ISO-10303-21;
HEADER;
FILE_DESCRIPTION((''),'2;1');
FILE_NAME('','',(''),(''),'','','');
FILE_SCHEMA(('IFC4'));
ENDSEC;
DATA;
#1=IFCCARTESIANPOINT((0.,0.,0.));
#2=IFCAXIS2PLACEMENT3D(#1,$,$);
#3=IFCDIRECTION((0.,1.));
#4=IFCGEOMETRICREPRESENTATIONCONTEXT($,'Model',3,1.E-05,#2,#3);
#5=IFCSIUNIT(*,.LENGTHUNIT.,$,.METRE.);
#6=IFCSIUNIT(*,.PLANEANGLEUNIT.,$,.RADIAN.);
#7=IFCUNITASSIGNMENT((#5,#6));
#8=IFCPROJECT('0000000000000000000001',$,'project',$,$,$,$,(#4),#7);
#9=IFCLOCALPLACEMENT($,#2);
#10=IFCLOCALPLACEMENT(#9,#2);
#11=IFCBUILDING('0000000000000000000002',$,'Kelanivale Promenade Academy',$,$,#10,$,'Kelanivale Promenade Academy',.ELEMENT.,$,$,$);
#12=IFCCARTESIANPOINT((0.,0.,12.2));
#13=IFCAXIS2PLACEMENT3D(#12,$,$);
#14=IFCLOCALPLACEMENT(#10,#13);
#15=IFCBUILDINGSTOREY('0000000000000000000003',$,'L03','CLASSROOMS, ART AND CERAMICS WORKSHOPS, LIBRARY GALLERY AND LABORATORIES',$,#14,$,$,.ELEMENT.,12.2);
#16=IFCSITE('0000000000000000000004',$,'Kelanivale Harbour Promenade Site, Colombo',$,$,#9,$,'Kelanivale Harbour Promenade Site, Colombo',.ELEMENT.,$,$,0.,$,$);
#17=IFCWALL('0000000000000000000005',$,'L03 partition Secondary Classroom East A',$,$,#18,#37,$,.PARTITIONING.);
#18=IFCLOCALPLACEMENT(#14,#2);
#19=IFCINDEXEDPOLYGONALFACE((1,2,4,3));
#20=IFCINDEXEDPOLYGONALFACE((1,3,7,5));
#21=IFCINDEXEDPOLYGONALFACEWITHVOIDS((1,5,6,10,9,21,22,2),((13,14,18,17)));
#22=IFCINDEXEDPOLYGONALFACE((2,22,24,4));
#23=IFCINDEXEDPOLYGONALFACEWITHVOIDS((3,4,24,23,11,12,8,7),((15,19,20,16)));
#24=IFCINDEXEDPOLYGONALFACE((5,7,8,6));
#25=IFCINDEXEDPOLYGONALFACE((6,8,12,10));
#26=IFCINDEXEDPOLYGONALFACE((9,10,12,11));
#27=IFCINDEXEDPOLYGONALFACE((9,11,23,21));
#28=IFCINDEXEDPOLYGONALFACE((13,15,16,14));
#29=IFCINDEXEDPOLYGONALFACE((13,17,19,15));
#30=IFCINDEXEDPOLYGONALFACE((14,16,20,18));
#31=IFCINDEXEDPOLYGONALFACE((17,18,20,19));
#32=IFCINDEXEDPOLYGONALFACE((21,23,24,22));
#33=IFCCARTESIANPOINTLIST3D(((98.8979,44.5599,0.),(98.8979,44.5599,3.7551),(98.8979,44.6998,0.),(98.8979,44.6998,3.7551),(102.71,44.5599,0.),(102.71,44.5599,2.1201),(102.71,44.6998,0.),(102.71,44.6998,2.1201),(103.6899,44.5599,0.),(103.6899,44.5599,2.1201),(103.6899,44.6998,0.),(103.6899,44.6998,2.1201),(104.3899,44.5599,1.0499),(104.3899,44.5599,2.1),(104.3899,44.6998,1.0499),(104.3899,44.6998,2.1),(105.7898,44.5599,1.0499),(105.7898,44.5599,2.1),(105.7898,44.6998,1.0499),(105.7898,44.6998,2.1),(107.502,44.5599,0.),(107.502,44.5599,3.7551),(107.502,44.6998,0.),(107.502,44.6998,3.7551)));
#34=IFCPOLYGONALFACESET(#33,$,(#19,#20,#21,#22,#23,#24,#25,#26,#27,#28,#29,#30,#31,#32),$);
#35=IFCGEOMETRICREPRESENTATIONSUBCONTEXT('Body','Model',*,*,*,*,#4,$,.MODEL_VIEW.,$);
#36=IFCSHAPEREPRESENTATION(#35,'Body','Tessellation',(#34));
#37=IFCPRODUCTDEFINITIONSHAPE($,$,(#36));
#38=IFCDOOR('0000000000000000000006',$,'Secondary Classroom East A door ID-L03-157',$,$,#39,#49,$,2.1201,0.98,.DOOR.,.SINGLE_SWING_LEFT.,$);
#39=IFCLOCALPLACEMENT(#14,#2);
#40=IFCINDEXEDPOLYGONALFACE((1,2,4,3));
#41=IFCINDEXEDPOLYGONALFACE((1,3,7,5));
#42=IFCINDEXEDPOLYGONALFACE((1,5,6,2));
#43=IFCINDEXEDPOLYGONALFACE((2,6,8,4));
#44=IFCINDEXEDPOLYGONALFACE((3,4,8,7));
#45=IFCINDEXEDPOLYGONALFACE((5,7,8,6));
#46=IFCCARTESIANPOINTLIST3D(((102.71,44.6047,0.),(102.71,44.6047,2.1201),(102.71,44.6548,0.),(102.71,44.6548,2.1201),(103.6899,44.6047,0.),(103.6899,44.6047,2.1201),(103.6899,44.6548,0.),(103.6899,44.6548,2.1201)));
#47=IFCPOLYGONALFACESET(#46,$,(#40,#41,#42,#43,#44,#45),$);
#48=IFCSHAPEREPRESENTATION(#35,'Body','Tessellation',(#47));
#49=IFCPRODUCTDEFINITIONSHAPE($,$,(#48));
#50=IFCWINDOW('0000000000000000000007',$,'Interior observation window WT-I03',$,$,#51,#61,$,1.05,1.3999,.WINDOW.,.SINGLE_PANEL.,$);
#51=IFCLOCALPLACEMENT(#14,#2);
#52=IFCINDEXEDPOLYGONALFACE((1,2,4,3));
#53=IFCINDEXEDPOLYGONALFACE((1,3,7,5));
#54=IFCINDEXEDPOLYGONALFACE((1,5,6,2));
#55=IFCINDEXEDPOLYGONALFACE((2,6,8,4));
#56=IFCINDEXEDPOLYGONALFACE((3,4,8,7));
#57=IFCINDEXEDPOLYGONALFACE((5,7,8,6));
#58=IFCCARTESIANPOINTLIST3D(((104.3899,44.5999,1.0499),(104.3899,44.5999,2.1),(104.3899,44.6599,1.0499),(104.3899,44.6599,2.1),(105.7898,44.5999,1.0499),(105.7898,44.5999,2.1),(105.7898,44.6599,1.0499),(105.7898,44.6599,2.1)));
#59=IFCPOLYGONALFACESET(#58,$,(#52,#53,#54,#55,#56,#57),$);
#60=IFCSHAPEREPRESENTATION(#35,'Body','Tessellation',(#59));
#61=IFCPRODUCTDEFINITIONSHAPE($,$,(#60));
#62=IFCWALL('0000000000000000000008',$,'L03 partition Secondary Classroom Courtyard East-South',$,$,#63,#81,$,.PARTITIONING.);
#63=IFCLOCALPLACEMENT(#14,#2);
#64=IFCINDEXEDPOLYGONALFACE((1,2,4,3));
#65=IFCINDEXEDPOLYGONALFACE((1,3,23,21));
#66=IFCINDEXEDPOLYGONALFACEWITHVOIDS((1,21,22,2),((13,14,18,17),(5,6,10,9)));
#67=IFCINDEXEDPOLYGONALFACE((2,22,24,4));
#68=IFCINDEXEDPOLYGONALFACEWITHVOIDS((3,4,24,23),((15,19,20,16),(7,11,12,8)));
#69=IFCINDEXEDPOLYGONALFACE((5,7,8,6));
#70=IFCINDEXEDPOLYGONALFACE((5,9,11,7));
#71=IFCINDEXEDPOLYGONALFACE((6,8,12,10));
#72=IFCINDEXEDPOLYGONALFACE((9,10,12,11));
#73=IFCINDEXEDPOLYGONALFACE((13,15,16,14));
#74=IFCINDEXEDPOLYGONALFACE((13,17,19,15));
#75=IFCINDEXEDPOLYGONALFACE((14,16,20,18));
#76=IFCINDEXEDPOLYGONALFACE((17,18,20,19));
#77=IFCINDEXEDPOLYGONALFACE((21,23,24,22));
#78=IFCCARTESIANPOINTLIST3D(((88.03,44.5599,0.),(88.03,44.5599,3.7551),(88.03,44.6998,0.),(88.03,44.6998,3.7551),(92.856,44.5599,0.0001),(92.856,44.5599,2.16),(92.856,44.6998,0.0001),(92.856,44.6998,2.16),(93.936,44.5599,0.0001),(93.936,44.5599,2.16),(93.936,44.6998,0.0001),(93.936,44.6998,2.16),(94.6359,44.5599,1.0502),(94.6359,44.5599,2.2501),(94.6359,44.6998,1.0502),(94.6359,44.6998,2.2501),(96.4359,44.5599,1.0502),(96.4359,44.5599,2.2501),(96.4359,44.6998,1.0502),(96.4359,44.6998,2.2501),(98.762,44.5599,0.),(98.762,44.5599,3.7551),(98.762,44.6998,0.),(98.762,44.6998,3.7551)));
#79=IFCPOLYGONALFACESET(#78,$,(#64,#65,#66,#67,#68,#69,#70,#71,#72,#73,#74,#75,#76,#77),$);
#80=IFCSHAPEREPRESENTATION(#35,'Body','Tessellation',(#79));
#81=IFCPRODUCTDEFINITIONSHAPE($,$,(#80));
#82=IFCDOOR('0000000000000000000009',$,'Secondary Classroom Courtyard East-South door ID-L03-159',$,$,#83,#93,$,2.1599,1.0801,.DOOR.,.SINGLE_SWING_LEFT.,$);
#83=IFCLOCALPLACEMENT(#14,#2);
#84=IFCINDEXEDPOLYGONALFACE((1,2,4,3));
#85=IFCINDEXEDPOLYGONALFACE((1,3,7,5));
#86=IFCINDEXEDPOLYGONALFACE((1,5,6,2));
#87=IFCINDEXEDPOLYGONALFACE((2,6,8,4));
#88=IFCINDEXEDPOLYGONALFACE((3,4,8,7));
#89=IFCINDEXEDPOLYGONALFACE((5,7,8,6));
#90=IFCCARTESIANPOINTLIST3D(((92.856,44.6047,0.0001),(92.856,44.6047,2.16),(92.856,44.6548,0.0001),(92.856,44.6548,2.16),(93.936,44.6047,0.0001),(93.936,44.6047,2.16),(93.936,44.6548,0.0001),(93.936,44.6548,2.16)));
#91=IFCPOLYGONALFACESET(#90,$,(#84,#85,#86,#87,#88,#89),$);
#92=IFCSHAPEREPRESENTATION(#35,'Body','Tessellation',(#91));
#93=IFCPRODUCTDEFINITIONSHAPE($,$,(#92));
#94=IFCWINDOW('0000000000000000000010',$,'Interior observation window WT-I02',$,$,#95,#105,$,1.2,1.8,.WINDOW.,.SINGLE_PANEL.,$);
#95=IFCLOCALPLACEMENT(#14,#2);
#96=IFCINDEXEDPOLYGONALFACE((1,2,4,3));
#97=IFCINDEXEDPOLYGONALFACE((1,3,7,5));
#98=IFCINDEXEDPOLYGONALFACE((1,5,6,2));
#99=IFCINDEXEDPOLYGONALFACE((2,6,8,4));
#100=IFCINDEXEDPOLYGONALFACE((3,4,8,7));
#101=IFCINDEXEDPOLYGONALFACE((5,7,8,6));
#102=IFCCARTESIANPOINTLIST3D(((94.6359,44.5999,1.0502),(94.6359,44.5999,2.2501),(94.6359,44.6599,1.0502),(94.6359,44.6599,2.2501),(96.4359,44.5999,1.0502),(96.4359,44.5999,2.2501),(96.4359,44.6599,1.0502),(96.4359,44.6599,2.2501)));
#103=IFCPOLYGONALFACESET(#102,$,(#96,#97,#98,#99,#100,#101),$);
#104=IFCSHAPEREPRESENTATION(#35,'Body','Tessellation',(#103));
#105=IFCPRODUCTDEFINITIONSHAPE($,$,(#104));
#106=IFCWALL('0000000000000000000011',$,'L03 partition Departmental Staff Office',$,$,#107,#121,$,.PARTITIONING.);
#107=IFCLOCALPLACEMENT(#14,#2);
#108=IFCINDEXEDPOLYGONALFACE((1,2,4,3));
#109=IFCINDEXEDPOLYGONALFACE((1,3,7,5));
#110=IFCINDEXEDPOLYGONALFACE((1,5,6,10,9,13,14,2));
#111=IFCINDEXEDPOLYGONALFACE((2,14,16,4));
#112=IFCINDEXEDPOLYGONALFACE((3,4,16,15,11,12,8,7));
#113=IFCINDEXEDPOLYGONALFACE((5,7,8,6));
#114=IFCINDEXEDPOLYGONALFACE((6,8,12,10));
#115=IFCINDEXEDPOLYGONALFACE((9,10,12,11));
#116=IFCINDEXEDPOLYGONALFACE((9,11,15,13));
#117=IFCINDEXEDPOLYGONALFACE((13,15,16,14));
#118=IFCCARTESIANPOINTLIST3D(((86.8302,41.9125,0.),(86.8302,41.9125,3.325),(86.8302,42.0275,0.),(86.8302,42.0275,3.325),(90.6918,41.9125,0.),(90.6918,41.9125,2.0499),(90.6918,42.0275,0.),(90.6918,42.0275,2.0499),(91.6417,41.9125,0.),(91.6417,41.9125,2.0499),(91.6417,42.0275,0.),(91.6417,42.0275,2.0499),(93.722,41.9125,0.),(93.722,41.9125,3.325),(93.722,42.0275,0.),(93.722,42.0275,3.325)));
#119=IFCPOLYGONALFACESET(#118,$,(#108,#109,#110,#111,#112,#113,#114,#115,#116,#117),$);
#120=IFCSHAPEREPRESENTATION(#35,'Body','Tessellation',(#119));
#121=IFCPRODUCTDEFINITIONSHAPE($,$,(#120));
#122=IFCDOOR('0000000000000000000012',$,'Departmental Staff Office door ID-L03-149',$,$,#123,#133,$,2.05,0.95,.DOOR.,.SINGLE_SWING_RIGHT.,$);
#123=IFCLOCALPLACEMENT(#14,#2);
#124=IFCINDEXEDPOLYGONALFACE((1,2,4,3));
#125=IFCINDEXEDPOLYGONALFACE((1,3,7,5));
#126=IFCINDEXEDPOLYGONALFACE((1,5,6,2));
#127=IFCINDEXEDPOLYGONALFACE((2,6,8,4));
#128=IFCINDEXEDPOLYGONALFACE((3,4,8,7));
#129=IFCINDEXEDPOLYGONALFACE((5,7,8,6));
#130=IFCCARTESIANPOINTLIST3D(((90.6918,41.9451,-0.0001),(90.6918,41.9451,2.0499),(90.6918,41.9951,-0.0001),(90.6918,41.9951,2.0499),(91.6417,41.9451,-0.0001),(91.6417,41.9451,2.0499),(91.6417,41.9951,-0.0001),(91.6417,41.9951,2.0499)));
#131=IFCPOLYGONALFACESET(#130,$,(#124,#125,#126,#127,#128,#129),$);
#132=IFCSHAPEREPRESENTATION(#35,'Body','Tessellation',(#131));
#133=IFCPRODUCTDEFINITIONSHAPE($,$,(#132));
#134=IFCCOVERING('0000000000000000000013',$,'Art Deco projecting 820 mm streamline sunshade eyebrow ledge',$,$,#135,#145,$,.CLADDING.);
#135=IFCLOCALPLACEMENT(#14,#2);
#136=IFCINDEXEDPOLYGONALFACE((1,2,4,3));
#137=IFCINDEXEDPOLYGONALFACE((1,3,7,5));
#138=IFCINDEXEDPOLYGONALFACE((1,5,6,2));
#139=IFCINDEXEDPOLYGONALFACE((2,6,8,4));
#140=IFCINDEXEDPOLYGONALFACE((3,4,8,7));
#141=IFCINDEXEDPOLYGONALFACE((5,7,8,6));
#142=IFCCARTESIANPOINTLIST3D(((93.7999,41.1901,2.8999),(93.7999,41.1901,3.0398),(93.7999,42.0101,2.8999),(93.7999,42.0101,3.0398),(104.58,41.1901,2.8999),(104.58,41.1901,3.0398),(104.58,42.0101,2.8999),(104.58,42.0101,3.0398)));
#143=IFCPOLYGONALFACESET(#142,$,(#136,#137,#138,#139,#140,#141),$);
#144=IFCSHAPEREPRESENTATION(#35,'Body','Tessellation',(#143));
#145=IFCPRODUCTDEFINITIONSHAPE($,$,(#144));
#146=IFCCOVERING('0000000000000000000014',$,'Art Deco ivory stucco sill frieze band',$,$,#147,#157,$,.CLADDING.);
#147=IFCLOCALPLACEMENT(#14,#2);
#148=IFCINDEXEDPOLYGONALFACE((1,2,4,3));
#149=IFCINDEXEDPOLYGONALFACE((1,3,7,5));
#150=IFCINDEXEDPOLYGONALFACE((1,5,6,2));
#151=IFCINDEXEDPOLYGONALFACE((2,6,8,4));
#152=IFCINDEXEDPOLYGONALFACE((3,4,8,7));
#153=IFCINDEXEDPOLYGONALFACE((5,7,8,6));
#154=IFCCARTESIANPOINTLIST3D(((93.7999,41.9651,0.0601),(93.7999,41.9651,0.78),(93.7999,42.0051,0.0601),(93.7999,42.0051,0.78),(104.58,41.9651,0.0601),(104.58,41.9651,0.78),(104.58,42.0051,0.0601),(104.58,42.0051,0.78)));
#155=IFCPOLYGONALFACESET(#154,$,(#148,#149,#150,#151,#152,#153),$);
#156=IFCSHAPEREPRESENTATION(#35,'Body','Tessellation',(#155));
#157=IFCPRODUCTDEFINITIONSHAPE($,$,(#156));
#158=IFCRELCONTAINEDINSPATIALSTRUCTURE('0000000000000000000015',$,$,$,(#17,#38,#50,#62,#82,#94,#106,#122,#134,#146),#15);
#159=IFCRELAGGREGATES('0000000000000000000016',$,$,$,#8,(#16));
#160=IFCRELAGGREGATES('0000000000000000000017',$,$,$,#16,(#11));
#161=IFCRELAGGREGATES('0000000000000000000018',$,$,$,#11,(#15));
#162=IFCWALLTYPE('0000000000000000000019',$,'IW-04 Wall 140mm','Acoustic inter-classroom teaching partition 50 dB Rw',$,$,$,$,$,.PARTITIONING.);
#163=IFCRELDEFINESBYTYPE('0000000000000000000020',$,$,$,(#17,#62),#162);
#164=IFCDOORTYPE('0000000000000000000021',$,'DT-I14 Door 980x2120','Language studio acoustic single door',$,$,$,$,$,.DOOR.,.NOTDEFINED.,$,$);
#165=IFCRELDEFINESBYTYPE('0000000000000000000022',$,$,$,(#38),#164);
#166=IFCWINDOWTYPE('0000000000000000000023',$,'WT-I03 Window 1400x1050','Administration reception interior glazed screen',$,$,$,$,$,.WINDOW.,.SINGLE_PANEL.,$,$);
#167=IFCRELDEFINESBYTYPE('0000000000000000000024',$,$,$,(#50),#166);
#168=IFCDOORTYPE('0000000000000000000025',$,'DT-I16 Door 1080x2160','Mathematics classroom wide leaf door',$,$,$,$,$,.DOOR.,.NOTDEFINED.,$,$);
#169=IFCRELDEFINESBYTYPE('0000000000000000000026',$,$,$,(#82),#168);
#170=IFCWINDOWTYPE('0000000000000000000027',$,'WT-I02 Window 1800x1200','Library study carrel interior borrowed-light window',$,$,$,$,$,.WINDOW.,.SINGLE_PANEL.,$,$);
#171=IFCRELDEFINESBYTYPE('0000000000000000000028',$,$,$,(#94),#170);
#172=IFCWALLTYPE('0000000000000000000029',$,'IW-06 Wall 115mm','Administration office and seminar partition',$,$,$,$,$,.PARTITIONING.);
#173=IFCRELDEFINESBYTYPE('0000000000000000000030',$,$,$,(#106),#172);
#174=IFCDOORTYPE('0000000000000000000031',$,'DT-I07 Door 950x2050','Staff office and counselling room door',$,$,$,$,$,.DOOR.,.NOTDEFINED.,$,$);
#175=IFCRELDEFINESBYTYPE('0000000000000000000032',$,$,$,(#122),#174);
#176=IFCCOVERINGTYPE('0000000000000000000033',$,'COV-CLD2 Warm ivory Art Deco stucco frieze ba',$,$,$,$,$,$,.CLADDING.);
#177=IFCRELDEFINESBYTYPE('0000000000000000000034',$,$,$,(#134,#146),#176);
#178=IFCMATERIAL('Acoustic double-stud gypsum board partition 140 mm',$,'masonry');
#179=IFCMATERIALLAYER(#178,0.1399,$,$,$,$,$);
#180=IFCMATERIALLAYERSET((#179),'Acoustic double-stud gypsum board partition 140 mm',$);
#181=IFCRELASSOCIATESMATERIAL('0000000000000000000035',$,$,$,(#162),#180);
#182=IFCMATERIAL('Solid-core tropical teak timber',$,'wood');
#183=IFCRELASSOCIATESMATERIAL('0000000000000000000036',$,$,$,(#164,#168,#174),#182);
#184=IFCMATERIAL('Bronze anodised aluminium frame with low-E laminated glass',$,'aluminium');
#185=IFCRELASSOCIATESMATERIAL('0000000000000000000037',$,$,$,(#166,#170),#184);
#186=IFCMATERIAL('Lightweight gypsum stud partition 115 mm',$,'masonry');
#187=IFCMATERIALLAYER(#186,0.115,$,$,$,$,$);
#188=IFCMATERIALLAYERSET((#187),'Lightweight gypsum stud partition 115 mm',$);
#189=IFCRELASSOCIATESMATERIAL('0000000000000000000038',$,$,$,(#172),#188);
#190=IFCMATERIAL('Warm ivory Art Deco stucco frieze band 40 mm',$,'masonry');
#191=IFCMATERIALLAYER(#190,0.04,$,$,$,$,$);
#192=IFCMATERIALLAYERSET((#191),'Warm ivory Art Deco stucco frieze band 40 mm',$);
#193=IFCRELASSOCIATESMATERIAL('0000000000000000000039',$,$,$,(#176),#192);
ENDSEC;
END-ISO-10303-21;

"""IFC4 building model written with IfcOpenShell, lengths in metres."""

from ifc_helpers import new_model, si_unit, direction, frame, frame_2d, origin, origin_2d, place, context, subcontext, project, spatial, rectangle, extrude, material, layer, layer_set, type_object, element, fill, save


model = new_model("IFC4")

# Units and contexts
model_context = context("Model", 3, precision=1e-05, world=origin(), true_north=direction((0.0, 1.0)))
body_context = subcontext(model_context, "Body", "Model", "MODEL_VIEW")
ifc_project = project(units=[si_unit("LENGTHUNIT", "METRE"), si_unit("PLANEANGLEUNIT", "RADIAN")], contexts=[model_context])

# Site, building, storey
site_placement = place(None, origin())
site = spatial("IfcSite", under=ifc_project, at=site_placement, Name="Kelanivale Harbour Promenade Site, Colombo", LongName="Kelanivale Harbour Promenade Site, Colombo", CompositionType="ELEMENT", RefElevation=0.0)
building_placement = place(site_placement, origin())
building = spatial("IfcBuilding", under=site, at=building_placement, Name="Kelanivale Promenade Academy", LongName="Kelanivale Promenade Academy", CompositionType="ELEMENT")
storey_placement = place(building_placement, frame((0.0, 0.0, 12.2)))
storey = spatial("IfcBuildingStorey", under=building, at=storey_placement, Name="L03", Description="CLASSROOMS, ART AND CERAMICS WORKSHOPS, LIBRARY GALLERY AND LABORATORIES", CompositionType="ELEMENT", Elevation=12.2)

# Shared definitions
ifc_material_1 = material(Name="Bronze anodised aluminium frame with low-E laminated glass", Category="aluminium")

# Walls, openings, doors, windows
ifc_material_2 = material(Name="Acoustic double-stud gypsum board partition 140 mm", Category="masonry")
ifc_layer_1 = layer(ifc_material_2, 0.1399)
ifc_layer_set_1 = layer_set([ifc_layer_1], Name="Acoustic double-stud gypsum board partition 140 mm")
wall_type_1 = type_object("IfcWallType", Name="IW-04 Wall 140mm", Description="Acoustic inter-classroom teaching partition 50 dB Rw", PredefinedType="PARTITIONING", material=ifc_layer_set_1)
wall_1_placement = place(storey_placement, frame((98.8979, 44.6299, 0.0), z_axis=(0.0, 0.0, 1.0), x_axis=(1.0, 0.0, 0.0)))
wall_1 = element("IfcWall", 1, at=wall_1_placement, inside=storey, type_object=wall_type_1, Name="L03 partition Secondary Classroom East A", PredefinedType="PARTITIONING", context=body_context, shape_type="SweptSolid", body=[
    extrude(rectangle(XDim=8.604, YDim=0.1399, at=frame_2d((4.302, 0.0))), origin(), (0.0, 0.0, 1.0), 3.7551),
])
opening_1_placement = place(wall_1_placement, frame((3.812, 0.0, 0.0)))
opening_1 = element("IfcOpeningElement", 2, at=opening_1_placement, cuts=wall_1, PredefinedType="OPENING", context=body_context, shape_type="SweptSolid", body=[
    extrude(rectangle(XDim=0.98, YDim=2.1201, at=frame_2d((0.49, 1.0601))), frame((0.0, 0.0801, 0.0), z_axis=(0.0, -1.0, 0.0), x_axis=(1.0, 0.0, 0.0)), (0.0, 0.0, 1.0), 0.1599),
])
opening_2_placement = place(wall_1_placement, frame((5.4919, 0.0, 1.05)))
opening_2 = element("IfcOpeningElement", 3, at=opening_2_placement, cuts=wall_1, PredefinedType="OPENING", context=body_context, shape_type="SweptSolid", body=[
    extrude(rectangle(XDim=1.3999, YDim=1.05, at=frame_2d((0.7, 0.5249))), frame((0.0, 0.0801, 0.0), z_axis=(0.0, -1.0, 0.0), x_axis=(1.0, 0.0, 0.0)), (0.0, 0.0, 1.0), 0.1599),
])
ifc_material_3 = material(Name="Solid-core tropical teak timber", Category="wood")
door_type_1 = type_object("IfcDoorType", Name="DT-I14 Door 980x2120", Description="Language studio acoustic single door", OperationType="NOTDEFINED", PredefinedType="DOOR", material=ifc_material_3)
door_1_placement = place(opening_1_placement, origin())
door_1 = element("IfcDoor", 4, at=door_1_placement, inside=storey, type_object=door_type_1, Name="Secondary Classroom East A door ID-L03-157", OperationType="SINGLE_SWING_LEFT", OverallHeight=2.1201, OverallWidth=0.98, PredefinedType="DOOR", context=body_context, shape_type="SweptSolid", body=[
    extrude(rectangle(XDim=0.98, YDim=2.1201, at=frame_2d((0.49, 1.0601))), frame((0.0, 0.0249, 0.0), z_axis=(0.0, -1.0, 0.0), x_axis=(1.0, 0.0, 0.0)), (0.0, 0.0, 1.0), 0.05),
])
fill(opening_1, door_1)
window_type_1 = type_object("IfcWindowType", Name="WT-I03 Window 1400x1050", Description="Administration reception interior glazed screen", PartitioningType="SINGLE_PANEL", PredefinedType="WINDOW", material=ifc_material_1)
window_1_placement = place(opening_2_placement, origin())
window_1 = element("IfcWindow", 5, at=window_1_placement, inside=storey, type_object=window_type_1, Name="Interior observation window WT-I03", OverallHeight=1.05, OverallWidth=1.3999, PartitioningType="SINGLE_PANEL", PredefinedType="WINDOW", context=body_context, shape_type="SweptSolid", body=[
    extrude(rectangle(XDim=1.3999, YDim=1.05, at=frame_2d((0.7, 0.5249))), frame((0.0, 0.03, 0.0), z_axis=(0.0, -1.0, 0.0), x_axis=(1.0, 0.0, 0.0)), (0.0, 0.0, 1.0), 0.0601),
])
fill(opening_2, window_1)
wall_2_placement = place(storey_placement, frame((88.03, 44.6299, 0.0), z_axis=(0.0, 0.0, 1.0), x_axis=(1.0, 0.0, 0.0)))
wall_2 = element("IfcWall", 6, at=wall_2_placement, inside=storey, type_object=wall_type_1, Name="L03 partition Secondary Classroom Courtyard East-South", PredefinedType="PARTITIONING", context=body_context, shape_type="SweptSolid", body=[
    extrude(rectangle(XDim=10.7319, YDim=0.1399, at=frame_2d((5.366, 0.0))), origin(), (0.0, 0.0, 1.0), 3.7551),
])
opening_3_placement = place(wall_2_placement, frame((4.8259, 0.0, 0.0)))
opening_3 = element("IfcOpeningElement", 7, at=opening_3_placement, cuts=wall_2, PredefinedType="OPENING", context=body_context, shape_type="SweptSolid", body=[
    extrude(rectangle(XDim=1.0801, YDim=2.1599, at=frame_2d((0.54, 1.0801))), frame((0.0, 0.0801, 0.0), z_axis=(0.0, -1.0, 0.0), x_axis=(1.0, 0.0, 0.0)), (0.0, 0.0, 1.0), 0.1599),
])
opening_4_placement = place(wall_2_placement, frame((6.606, 0.0, 1.05)))
opening_4 = element("IfcOpeningElement", 8, at=opening_4_placement, cuts=wall_2, PredefinedType="OPENING", context=body_context, shape_type="SweptSolid", body=[
    extrude(rectangle(XDim=1.8, YDim=1.2, at=frame_2d((0.8999, 0.6001))), frame((0.0, 0.0801, 0.0), z_axis=(0.0, -1.0, 0.0), x_axis=(1.0, 0.0, 0.0)), (0.0, 0.0, 1.0), 0.1599),
])
door_type_2 = type_object("IfcDoorType", Name="DT-I16 Door 1080x2160", Description="Mathematics classroom wide leaf door", OperationType="NOTDEFINED", PredefinedType="DOOR", material=ifc_material_3)
door_2_placement = place(opening_3_placement, origin())
door_2 = element("IfcDoor", 9, at=door_2_placement, inside=storey, type_object=door_type_2, Name="Secondary Classroom Courtyard East-South door ID-L03-159", OperationType="SINGLE_SWING_LEFT", OverallHeight=2.1599, OverallWidth=1.0801, PredefinedType="DOOR", context=body_context, shape_type="SweptSolid", body=[
    extrude(rectangle(XDim=1.0801, YDim=2.1599, at=frame_2d((0.54, 1.0801))), frame((0.0, 0.0249, 0.0), z_axis=(0.0, -1.0, 0.0), x_axis=(1.0, 0.0, 0.0)), (0.0, 0.0, 1.0), 0.05),
])
fill(opening_3, door_2)
window_type_2 = type_object("IfcWindowType", Name="WT-I02 Window 1800x1200", Description="Library study carrel interior borrowed-light window", PartitioningType="SINGLE_PANEL", PredefinedType="WINDOW", material=ifc_material_1)
window_2_placement = place(opening_4_placement, origin())
window_2 = element("IfcWindow", 10, at=window_2_placement, inside=storey, type_object=window_type_2, Name="Interior observation window WT-I02", OverallHeight=1.2, OverallWidth=1.8, PartitioningType="SINGLE_PANEL", PredefinedType="WINDOW", context=body_context, shape_type="SweptSolid", body=[
    extrude(rectangle(XDim=1.8, YDim=1.2, at=frame_2d((0.8999, 0.6001))), frame((0.0, 0.03, 0.0), z_axis=(0.0, -1.0, 0.0), x_axis=(1.0, 0.0, 0.0)), (0.0, 0.0, 1.0), 0.0601),
])
fill(opening_4, window_2)

# Wall, opening, door
ifc_material_4 = material(Name="Lightweight gypsum stud partition 115 mm", Category="masonry")
ifc_layer_2 = layer(ifc_material_4, 0.115)
ifc_layer_set_2 = layer_set([ifc_layer_2], Name="Lightweight gypsum stud partition 115 mm")
wall_type_2 = type_object("IfcWallType", Name="IW-06 Wall 115mm", Description="Administration office and seminar partition", PredefinedType="PARTITIONING", material=ifc_layer_set_2)
wall_3_placement = place(storey_placement, frame((93.7219, 41.97, 0.0), z_axis=(0.0, 0.0, 1.0), x_axis=(-1.0, 0.0, 0.0)))
wall_3 = element("IfcWall", 11, at=wall_3_placement, inside=storey, type_object=wall_type_2, Name="L03 partition Departmental Staff Office", PredefinedType="PARTITIONING", context=body_context, shape_type="SweptSolid", body=[
    extrude(rectangle(XDim=6.8918, YDim=0.115, at=frame_2d((3.4458, 0.0))), origin(), (0.0, 0.0, 1.0), 3.325),
])
opening_5_placement = place(wall_3_placement, frame((2.0801, 0.0, 0.0)))
opening_5 = element("IfcOpeningElement", 12, at=opening_5_placement, cuts=wall_3, PredefinedType="OPENING", context=body_context, shape_type="SweptSolid", body=[
    extrude(rectangle(XDim=0.95, YDim=2.05, at=frame_2d((0.4751, 1.0249))), frame((0.0, 0.0674, 0.0), z_axis=(0.0, -1.0, 0.0), x_axis=(1.0, 0.0, 0.0)), (0.0, 0.0, 1.0), 0.135),
])
door_type_3 = type_object("IfcDoorType", Name="DT-I07 Door 950x2050", Description="Staff office and counselling room door", OperationType="NOTDEFINED", PredefinedType="DOOR", material=ifc_material_3)
door_3_placement = place(opening_5_placement, origin())
door_3 = element("IfcDoor", 13, at=door_3_placement, inside=storey, type_object=door_type_3, Name="Departmental Staff Office door ID-L03-149", OperationType="SINGLE_SWING_RIGHT", OverallHeight=2.05, OverallWidth=0.95, PredefinedType="DOOR", context=body_context, shape_type="SweptSolid", body=[
    extrude(rectangle(XDim=0.95, YDim=2.05, at=frame_2d((0.4751, 1.0249))), frame((0.0, 0.0249, 0.0), z_axis=(0.0, -1.0, 0.0), x_axis=(1.0, 0.0, 0.0)), (0.0, 0.0, 1.0), 0.05),
])
fill(opening_5, door_3)

# Coverings
ifc_material_5 = material(Name="Warm ivory Art Deco stucco frieze band 40 mm", Category="masonry")
ifc_layer_3 = layer(ifc_material_5, 0.04)
ifc_layer_set_3 = layer_set([ifc_layer_3], Name="Warm ivory Art Deco stucco frieze band 40 mm")
covering_type = type_object("IfcCoveringType", Name="COV-CLD2 Warm ivory Art Deco stucco frieze ba", PredefinedType="CLADDING", material=ifc_layer_set_3)
covering_1_placement = place(storey_placement, frame((99.1899, 41.6001, 2.8999), z_axis=(0.0, 0.0, 1.0), x_axis=(1.0, 0.0, 0.0)))
element("IfcCovering", 14, at=covering_1_placement, inside=storey, type_object=covering_type, Name="Art Deco projecting 820 mm streamline sunshade eyebrow ledge", PredefinedType="CLADDING", context=body_context, shape_type="SweptSolid", body=[
    extrude(rectangle(XDim=10.78, YDim=0.8201, at=origin_2d()), origin(), (0.0, 0.0, 1.0), 0.1399),
])
covering_2_placement = place(storey_placement, frame((99.1899, 41.9851, 0.0601), z_axis=(0.0, 0.0, 1.0), x_axis=(1.0, 0.0, 0.0)))
element("IfcCovering", 15, at=covering_2_placement, inside=storey, type_object=covering_type, Name="Art Deco ivory stucco sill frieze band", PredefinedType="CLADDING", context=body_context, shape_type="SweptSolid", body=[
    extrude(rectangle(XDim=10.78, YDim=0.04, at=origin_2d()), origin(), (0.0, 0.0, 1.0), 0.72),
])

save(model, "model.ifc")
